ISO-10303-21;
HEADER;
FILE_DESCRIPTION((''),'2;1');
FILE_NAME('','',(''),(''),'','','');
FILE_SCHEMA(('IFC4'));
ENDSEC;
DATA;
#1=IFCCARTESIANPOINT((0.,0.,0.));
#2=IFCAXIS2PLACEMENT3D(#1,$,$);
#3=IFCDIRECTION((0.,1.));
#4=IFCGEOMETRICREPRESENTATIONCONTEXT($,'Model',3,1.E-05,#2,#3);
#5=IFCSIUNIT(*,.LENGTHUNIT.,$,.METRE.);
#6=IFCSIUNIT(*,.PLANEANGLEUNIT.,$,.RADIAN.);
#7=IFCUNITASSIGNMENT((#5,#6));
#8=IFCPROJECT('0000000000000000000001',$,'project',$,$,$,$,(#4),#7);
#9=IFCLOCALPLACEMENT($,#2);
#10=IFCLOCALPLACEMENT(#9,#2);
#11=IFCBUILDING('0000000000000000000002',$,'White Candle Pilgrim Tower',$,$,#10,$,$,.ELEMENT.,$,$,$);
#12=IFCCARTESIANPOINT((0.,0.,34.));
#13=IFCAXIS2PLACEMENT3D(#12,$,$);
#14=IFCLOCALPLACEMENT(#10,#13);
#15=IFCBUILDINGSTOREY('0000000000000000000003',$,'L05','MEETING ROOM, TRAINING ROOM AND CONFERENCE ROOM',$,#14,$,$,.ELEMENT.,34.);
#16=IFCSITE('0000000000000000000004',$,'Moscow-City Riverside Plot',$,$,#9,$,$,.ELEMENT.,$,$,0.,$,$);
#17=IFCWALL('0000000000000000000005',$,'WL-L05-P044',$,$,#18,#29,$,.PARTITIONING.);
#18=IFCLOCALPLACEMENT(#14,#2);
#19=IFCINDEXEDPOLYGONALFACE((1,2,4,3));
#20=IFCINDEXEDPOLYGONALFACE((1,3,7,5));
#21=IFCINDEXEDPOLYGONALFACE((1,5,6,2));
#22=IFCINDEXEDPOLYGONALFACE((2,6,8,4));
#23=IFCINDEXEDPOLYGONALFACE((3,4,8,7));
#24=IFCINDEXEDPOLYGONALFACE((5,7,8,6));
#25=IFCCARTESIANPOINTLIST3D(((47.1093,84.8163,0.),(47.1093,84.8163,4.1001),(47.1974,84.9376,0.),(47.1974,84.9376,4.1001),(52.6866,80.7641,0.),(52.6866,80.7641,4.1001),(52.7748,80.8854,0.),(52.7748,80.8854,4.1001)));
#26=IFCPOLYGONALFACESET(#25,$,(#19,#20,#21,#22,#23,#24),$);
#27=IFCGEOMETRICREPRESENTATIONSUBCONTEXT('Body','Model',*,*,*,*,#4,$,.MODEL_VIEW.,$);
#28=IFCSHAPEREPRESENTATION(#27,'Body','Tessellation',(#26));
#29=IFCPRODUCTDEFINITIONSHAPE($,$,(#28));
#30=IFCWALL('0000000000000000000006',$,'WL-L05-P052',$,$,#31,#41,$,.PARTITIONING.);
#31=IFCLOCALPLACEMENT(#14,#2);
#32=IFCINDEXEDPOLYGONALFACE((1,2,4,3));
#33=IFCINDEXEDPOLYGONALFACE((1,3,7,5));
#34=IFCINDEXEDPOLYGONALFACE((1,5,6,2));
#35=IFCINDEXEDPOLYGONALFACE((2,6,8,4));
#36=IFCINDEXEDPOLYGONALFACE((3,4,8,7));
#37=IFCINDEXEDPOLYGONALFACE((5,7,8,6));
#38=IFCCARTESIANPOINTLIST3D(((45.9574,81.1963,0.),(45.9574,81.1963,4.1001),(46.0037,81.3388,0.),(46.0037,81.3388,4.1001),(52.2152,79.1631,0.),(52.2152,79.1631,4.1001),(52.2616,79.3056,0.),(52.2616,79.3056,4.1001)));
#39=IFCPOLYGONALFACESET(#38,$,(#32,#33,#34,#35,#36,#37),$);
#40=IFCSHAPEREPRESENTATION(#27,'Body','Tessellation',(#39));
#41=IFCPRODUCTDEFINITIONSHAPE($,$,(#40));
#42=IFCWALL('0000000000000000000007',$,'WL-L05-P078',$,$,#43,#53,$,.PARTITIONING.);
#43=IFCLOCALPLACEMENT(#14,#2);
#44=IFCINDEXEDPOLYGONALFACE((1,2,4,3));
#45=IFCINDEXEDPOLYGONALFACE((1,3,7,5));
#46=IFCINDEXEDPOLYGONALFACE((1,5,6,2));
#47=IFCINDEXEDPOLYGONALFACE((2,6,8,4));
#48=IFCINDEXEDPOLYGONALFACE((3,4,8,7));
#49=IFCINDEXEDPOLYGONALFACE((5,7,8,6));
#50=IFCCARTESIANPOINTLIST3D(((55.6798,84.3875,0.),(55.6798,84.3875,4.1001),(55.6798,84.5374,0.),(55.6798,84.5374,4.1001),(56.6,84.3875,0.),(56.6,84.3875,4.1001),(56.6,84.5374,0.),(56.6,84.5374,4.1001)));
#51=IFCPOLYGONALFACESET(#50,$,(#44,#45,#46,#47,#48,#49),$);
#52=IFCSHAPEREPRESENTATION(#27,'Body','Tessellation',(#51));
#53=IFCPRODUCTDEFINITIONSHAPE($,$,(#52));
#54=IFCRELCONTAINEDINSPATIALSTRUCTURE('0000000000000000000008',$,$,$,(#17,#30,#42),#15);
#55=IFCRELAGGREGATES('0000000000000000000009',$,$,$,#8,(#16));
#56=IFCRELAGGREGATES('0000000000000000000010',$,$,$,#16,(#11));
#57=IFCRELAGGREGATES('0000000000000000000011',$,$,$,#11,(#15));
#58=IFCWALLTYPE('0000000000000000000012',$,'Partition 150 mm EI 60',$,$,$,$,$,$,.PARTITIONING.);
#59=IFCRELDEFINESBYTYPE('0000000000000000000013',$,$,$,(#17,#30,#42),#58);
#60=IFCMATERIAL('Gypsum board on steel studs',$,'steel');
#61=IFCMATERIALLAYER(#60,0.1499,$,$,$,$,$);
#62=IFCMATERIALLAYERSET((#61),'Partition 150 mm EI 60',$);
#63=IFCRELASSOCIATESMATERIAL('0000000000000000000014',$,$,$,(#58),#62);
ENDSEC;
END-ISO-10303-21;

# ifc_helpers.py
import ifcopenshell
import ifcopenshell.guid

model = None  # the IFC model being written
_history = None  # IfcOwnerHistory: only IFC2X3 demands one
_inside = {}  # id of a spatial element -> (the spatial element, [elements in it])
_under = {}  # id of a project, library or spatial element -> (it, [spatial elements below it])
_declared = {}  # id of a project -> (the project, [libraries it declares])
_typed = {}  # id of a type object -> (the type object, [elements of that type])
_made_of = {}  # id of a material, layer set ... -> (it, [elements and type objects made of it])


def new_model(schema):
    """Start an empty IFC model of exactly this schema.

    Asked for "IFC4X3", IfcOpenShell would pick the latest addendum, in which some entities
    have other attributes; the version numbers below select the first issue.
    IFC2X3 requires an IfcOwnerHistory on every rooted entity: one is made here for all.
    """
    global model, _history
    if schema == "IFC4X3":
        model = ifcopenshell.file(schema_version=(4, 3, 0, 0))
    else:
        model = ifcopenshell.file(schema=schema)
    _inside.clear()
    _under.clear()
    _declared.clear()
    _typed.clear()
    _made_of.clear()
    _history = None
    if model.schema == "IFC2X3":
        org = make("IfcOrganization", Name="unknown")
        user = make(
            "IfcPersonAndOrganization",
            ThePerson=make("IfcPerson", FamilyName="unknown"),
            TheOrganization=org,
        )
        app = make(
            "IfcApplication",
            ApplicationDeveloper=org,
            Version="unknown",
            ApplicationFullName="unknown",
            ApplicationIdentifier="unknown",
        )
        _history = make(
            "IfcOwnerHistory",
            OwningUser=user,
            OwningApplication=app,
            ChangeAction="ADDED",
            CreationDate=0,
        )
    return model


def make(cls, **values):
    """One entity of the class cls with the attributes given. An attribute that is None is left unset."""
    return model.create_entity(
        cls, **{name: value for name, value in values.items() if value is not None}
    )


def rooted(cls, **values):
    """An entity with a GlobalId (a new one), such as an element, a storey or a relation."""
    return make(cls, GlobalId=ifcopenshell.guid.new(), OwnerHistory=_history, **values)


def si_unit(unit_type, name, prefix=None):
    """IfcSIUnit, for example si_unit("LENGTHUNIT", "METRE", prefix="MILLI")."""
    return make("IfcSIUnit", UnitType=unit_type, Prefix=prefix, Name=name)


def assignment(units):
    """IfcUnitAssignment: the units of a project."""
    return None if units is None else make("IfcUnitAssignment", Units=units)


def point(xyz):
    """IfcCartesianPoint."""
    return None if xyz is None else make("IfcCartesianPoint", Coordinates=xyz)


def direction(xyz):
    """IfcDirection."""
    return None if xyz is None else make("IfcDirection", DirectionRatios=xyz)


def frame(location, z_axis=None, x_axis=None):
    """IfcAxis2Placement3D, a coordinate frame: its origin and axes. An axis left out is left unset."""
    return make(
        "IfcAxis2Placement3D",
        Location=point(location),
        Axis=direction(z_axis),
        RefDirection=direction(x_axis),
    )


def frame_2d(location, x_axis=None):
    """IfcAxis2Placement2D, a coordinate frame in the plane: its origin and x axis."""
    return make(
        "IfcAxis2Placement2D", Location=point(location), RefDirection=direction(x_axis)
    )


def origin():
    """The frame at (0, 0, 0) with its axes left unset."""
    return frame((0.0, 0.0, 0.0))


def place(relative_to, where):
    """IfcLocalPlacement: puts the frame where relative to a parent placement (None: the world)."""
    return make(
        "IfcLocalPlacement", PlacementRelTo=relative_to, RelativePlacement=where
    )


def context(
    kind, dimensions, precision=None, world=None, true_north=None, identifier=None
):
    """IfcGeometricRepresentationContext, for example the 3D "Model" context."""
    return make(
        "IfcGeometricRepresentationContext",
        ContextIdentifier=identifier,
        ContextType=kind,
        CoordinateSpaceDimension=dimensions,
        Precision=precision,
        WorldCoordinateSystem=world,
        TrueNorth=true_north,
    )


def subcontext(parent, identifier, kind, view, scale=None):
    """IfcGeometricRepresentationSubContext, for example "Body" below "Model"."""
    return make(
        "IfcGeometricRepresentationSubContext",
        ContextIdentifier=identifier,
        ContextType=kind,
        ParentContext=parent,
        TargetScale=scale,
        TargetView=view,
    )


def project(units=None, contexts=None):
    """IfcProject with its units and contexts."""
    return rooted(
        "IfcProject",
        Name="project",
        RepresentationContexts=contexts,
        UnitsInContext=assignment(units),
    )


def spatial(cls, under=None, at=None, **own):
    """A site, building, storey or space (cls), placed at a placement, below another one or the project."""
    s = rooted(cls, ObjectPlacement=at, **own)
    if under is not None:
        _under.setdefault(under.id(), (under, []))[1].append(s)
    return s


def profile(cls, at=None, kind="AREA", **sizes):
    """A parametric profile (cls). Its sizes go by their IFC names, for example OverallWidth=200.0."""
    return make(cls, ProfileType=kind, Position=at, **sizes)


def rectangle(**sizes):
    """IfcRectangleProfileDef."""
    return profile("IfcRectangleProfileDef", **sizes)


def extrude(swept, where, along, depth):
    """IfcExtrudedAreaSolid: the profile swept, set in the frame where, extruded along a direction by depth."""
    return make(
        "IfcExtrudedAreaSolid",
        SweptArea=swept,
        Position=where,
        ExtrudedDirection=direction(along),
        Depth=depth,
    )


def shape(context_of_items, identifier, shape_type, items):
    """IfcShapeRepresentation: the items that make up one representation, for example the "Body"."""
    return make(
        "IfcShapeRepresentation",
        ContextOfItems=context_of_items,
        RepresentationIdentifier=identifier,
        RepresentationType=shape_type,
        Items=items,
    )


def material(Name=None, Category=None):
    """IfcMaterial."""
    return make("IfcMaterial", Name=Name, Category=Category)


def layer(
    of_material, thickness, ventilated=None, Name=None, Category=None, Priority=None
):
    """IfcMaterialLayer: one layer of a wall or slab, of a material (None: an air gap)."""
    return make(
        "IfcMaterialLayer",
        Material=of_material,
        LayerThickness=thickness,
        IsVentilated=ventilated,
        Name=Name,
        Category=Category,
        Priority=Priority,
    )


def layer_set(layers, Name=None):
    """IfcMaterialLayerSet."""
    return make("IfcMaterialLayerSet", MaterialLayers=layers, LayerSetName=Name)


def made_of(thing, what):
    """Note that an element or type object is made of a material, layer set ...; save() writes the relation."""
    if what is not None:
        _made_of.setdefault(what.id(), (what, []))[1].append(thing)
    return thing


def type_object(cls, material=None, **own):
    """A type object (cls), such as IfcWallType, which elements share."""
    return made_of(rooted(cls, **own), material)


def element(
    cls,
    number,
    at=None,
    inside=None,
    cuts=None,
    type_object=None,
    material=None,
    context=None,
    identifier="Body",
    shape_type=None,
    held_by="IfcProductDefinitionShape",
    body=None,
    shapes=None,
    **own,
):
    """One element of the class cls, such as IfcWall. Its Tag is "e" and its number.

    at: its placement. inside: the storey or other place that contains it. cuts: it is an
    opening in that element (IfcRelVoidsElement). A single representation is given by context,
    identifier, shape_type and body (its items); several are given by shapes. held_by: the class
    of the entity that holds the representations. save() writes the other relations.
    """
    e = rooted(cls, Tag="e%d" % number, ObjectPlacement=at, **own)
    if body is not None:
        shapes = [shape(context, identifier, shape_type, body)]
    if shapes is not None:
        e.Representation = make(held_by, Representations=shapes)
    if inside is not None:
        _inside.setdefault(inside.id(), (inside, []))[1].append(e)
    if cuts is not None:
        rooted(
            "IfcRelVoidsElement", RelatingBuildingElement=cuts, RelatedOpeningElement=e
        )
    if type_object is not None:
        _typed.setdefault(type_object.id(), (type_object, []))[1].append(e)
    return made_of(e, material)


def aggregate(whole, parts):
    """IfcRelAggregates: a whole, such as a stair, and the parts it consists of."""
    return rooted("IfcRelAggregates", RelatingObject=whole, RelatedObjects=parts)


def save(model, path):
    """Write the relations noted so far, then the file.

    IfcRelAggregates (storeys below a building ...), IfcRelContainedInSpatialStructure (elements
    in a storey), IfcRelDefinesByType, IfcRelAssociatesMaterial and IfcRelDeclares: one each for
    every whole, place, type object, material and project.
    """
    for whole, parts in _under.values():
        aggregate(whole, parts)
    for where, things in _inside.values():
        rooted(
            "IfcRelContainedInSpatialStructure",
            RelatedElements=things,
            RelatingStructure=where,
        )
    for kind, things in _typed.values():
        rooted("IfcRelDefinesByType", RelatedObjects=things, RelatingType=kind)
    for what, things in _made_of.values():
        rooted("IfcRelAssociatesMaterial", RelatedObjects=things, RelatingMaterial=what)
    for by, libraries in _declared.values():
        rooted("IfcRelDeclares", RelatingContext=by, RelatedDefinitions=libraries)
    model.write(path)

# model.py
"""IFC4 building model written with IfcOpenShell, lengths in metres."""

from ifc_helpers import new_model, si_unit, direction, frame, frame_2d, origin, place, context, subcontext, project, spatial, rectangle, extrude, material, layer, layer_set, type_object, element, save


model = new_model("IFC4")

# Units and contexts
model_context = context("Model", 3, precision=1e-05, world=origin(), true_north=direction((0.0, 1.0)))
body_context = subcontext(model_context, "Body", "Model", "MODEL_VIEW")
ifc_project = project(units=[si_unit("LENGTHUNIT", "METRE"), si_unit("PLANEANGLEUNIT", "RADIAN")], contexts=[model_context])

# Site, building, storey
site_placement = place(None, origin())
site = spatial("IfcSite", under=ifc_project, at=site_placement, Name="Moscow-City Riverside Plot", CompositionType="ELEMENT", RefElevation=0.0)
building_placement = place(site_placement, origin())
building = spatial("IfcBuilding", under=site, at=building_placement, Name="White Candle Pilgrim Tower", CompositionType="ELEMENT")
storey_placement = place(building_placement, frame((0.0, 0.0, 34.0)))
storey = spatial("IfcBuildingStorey", under=building, at=storey_placement, Name="L05", Description="MEETING ROOM, TRAINING ROOM AND CONFERENCE ROOM", CompositionType="ELEMENT", Elevation=34.0)

# Shared definitions
ifc_material_1 = material(Name="Gypsum board on steel studs", Category="steel")

# Walls
ifc_layer_1 = layer(ifc_material_1, 0.1499)
ifc_layer_set_1 = layer_set([ifc_layer_1], Name="Partition 150 mm EI 60")
wall_type_1 = type_object("IfcWallType", Name="Partition 150 mm EI 60", PredefinedType="PARTITIONING", material=ifc_layer_set_1)
wall_1_placement = place(storey_placement, frame((47.1533, 84.877, 0.0), z_axis=(0.0, 0.0, 1.0), x_axis=(0.809015, -0.587788, 0.0)))
element("IfcWall", 1, at=wall_1_placement, inside=storey, type_object=wall_type_1, Name="WL-L05-P044", PredefinedType="PARTITIONING", context=body_context, shape_type="SweptSolid", body=[
    extrude(rectangle(XDim=6.894, YDim=0.1499, at=frame_2d((3.447, 0.0))), origin(), (0.0, 0.0, 1.0), 4.1001),
])
wall_2_placement = place(storey_placement, frame((45.9805, 81.2676, 0.0), z_axis=(0.0, 0.0, 1.0), x_axis=(0.95106, -0.309006, 0.0)))
element("IfcWall", 2, at=wall_2_placement, inside=storey, type_object=wall_type_1, Name="WL-L05-P052", PredefinedType="PARTITIONING", context=body_context, shape_type="SweptSolid", body=[
    extrude(rectangle(XDim=6.5798, YDim=0.1499, at=frame_2d((3.29, 0.0))), origin(), (0.0, 0.0, 1.0), 4.1001),
])
wall_3_placement = place(storey_placement, frame((55.6799, 84.4624, 0.0), z_axis=(0.0, 0.0, 1.0), x_axis=(1.0, 0.0, 0.0)))
element("IfcWall", 3, at=wall_3_placement, inside=storey, type_object=wall_type_1, Name="WL-L05-P078", PredefinedType="PARTITIONING", context=body_context, shape_type="SweptSolid", body=[
    extrude(rectangle(XDim=0.9202, YDim=0.1499, at=frame_2d((0.46, 0.0))), origin(), (0.0, 0.0, 1.0), 4.1001),
])

save(model, "model.ifc")
